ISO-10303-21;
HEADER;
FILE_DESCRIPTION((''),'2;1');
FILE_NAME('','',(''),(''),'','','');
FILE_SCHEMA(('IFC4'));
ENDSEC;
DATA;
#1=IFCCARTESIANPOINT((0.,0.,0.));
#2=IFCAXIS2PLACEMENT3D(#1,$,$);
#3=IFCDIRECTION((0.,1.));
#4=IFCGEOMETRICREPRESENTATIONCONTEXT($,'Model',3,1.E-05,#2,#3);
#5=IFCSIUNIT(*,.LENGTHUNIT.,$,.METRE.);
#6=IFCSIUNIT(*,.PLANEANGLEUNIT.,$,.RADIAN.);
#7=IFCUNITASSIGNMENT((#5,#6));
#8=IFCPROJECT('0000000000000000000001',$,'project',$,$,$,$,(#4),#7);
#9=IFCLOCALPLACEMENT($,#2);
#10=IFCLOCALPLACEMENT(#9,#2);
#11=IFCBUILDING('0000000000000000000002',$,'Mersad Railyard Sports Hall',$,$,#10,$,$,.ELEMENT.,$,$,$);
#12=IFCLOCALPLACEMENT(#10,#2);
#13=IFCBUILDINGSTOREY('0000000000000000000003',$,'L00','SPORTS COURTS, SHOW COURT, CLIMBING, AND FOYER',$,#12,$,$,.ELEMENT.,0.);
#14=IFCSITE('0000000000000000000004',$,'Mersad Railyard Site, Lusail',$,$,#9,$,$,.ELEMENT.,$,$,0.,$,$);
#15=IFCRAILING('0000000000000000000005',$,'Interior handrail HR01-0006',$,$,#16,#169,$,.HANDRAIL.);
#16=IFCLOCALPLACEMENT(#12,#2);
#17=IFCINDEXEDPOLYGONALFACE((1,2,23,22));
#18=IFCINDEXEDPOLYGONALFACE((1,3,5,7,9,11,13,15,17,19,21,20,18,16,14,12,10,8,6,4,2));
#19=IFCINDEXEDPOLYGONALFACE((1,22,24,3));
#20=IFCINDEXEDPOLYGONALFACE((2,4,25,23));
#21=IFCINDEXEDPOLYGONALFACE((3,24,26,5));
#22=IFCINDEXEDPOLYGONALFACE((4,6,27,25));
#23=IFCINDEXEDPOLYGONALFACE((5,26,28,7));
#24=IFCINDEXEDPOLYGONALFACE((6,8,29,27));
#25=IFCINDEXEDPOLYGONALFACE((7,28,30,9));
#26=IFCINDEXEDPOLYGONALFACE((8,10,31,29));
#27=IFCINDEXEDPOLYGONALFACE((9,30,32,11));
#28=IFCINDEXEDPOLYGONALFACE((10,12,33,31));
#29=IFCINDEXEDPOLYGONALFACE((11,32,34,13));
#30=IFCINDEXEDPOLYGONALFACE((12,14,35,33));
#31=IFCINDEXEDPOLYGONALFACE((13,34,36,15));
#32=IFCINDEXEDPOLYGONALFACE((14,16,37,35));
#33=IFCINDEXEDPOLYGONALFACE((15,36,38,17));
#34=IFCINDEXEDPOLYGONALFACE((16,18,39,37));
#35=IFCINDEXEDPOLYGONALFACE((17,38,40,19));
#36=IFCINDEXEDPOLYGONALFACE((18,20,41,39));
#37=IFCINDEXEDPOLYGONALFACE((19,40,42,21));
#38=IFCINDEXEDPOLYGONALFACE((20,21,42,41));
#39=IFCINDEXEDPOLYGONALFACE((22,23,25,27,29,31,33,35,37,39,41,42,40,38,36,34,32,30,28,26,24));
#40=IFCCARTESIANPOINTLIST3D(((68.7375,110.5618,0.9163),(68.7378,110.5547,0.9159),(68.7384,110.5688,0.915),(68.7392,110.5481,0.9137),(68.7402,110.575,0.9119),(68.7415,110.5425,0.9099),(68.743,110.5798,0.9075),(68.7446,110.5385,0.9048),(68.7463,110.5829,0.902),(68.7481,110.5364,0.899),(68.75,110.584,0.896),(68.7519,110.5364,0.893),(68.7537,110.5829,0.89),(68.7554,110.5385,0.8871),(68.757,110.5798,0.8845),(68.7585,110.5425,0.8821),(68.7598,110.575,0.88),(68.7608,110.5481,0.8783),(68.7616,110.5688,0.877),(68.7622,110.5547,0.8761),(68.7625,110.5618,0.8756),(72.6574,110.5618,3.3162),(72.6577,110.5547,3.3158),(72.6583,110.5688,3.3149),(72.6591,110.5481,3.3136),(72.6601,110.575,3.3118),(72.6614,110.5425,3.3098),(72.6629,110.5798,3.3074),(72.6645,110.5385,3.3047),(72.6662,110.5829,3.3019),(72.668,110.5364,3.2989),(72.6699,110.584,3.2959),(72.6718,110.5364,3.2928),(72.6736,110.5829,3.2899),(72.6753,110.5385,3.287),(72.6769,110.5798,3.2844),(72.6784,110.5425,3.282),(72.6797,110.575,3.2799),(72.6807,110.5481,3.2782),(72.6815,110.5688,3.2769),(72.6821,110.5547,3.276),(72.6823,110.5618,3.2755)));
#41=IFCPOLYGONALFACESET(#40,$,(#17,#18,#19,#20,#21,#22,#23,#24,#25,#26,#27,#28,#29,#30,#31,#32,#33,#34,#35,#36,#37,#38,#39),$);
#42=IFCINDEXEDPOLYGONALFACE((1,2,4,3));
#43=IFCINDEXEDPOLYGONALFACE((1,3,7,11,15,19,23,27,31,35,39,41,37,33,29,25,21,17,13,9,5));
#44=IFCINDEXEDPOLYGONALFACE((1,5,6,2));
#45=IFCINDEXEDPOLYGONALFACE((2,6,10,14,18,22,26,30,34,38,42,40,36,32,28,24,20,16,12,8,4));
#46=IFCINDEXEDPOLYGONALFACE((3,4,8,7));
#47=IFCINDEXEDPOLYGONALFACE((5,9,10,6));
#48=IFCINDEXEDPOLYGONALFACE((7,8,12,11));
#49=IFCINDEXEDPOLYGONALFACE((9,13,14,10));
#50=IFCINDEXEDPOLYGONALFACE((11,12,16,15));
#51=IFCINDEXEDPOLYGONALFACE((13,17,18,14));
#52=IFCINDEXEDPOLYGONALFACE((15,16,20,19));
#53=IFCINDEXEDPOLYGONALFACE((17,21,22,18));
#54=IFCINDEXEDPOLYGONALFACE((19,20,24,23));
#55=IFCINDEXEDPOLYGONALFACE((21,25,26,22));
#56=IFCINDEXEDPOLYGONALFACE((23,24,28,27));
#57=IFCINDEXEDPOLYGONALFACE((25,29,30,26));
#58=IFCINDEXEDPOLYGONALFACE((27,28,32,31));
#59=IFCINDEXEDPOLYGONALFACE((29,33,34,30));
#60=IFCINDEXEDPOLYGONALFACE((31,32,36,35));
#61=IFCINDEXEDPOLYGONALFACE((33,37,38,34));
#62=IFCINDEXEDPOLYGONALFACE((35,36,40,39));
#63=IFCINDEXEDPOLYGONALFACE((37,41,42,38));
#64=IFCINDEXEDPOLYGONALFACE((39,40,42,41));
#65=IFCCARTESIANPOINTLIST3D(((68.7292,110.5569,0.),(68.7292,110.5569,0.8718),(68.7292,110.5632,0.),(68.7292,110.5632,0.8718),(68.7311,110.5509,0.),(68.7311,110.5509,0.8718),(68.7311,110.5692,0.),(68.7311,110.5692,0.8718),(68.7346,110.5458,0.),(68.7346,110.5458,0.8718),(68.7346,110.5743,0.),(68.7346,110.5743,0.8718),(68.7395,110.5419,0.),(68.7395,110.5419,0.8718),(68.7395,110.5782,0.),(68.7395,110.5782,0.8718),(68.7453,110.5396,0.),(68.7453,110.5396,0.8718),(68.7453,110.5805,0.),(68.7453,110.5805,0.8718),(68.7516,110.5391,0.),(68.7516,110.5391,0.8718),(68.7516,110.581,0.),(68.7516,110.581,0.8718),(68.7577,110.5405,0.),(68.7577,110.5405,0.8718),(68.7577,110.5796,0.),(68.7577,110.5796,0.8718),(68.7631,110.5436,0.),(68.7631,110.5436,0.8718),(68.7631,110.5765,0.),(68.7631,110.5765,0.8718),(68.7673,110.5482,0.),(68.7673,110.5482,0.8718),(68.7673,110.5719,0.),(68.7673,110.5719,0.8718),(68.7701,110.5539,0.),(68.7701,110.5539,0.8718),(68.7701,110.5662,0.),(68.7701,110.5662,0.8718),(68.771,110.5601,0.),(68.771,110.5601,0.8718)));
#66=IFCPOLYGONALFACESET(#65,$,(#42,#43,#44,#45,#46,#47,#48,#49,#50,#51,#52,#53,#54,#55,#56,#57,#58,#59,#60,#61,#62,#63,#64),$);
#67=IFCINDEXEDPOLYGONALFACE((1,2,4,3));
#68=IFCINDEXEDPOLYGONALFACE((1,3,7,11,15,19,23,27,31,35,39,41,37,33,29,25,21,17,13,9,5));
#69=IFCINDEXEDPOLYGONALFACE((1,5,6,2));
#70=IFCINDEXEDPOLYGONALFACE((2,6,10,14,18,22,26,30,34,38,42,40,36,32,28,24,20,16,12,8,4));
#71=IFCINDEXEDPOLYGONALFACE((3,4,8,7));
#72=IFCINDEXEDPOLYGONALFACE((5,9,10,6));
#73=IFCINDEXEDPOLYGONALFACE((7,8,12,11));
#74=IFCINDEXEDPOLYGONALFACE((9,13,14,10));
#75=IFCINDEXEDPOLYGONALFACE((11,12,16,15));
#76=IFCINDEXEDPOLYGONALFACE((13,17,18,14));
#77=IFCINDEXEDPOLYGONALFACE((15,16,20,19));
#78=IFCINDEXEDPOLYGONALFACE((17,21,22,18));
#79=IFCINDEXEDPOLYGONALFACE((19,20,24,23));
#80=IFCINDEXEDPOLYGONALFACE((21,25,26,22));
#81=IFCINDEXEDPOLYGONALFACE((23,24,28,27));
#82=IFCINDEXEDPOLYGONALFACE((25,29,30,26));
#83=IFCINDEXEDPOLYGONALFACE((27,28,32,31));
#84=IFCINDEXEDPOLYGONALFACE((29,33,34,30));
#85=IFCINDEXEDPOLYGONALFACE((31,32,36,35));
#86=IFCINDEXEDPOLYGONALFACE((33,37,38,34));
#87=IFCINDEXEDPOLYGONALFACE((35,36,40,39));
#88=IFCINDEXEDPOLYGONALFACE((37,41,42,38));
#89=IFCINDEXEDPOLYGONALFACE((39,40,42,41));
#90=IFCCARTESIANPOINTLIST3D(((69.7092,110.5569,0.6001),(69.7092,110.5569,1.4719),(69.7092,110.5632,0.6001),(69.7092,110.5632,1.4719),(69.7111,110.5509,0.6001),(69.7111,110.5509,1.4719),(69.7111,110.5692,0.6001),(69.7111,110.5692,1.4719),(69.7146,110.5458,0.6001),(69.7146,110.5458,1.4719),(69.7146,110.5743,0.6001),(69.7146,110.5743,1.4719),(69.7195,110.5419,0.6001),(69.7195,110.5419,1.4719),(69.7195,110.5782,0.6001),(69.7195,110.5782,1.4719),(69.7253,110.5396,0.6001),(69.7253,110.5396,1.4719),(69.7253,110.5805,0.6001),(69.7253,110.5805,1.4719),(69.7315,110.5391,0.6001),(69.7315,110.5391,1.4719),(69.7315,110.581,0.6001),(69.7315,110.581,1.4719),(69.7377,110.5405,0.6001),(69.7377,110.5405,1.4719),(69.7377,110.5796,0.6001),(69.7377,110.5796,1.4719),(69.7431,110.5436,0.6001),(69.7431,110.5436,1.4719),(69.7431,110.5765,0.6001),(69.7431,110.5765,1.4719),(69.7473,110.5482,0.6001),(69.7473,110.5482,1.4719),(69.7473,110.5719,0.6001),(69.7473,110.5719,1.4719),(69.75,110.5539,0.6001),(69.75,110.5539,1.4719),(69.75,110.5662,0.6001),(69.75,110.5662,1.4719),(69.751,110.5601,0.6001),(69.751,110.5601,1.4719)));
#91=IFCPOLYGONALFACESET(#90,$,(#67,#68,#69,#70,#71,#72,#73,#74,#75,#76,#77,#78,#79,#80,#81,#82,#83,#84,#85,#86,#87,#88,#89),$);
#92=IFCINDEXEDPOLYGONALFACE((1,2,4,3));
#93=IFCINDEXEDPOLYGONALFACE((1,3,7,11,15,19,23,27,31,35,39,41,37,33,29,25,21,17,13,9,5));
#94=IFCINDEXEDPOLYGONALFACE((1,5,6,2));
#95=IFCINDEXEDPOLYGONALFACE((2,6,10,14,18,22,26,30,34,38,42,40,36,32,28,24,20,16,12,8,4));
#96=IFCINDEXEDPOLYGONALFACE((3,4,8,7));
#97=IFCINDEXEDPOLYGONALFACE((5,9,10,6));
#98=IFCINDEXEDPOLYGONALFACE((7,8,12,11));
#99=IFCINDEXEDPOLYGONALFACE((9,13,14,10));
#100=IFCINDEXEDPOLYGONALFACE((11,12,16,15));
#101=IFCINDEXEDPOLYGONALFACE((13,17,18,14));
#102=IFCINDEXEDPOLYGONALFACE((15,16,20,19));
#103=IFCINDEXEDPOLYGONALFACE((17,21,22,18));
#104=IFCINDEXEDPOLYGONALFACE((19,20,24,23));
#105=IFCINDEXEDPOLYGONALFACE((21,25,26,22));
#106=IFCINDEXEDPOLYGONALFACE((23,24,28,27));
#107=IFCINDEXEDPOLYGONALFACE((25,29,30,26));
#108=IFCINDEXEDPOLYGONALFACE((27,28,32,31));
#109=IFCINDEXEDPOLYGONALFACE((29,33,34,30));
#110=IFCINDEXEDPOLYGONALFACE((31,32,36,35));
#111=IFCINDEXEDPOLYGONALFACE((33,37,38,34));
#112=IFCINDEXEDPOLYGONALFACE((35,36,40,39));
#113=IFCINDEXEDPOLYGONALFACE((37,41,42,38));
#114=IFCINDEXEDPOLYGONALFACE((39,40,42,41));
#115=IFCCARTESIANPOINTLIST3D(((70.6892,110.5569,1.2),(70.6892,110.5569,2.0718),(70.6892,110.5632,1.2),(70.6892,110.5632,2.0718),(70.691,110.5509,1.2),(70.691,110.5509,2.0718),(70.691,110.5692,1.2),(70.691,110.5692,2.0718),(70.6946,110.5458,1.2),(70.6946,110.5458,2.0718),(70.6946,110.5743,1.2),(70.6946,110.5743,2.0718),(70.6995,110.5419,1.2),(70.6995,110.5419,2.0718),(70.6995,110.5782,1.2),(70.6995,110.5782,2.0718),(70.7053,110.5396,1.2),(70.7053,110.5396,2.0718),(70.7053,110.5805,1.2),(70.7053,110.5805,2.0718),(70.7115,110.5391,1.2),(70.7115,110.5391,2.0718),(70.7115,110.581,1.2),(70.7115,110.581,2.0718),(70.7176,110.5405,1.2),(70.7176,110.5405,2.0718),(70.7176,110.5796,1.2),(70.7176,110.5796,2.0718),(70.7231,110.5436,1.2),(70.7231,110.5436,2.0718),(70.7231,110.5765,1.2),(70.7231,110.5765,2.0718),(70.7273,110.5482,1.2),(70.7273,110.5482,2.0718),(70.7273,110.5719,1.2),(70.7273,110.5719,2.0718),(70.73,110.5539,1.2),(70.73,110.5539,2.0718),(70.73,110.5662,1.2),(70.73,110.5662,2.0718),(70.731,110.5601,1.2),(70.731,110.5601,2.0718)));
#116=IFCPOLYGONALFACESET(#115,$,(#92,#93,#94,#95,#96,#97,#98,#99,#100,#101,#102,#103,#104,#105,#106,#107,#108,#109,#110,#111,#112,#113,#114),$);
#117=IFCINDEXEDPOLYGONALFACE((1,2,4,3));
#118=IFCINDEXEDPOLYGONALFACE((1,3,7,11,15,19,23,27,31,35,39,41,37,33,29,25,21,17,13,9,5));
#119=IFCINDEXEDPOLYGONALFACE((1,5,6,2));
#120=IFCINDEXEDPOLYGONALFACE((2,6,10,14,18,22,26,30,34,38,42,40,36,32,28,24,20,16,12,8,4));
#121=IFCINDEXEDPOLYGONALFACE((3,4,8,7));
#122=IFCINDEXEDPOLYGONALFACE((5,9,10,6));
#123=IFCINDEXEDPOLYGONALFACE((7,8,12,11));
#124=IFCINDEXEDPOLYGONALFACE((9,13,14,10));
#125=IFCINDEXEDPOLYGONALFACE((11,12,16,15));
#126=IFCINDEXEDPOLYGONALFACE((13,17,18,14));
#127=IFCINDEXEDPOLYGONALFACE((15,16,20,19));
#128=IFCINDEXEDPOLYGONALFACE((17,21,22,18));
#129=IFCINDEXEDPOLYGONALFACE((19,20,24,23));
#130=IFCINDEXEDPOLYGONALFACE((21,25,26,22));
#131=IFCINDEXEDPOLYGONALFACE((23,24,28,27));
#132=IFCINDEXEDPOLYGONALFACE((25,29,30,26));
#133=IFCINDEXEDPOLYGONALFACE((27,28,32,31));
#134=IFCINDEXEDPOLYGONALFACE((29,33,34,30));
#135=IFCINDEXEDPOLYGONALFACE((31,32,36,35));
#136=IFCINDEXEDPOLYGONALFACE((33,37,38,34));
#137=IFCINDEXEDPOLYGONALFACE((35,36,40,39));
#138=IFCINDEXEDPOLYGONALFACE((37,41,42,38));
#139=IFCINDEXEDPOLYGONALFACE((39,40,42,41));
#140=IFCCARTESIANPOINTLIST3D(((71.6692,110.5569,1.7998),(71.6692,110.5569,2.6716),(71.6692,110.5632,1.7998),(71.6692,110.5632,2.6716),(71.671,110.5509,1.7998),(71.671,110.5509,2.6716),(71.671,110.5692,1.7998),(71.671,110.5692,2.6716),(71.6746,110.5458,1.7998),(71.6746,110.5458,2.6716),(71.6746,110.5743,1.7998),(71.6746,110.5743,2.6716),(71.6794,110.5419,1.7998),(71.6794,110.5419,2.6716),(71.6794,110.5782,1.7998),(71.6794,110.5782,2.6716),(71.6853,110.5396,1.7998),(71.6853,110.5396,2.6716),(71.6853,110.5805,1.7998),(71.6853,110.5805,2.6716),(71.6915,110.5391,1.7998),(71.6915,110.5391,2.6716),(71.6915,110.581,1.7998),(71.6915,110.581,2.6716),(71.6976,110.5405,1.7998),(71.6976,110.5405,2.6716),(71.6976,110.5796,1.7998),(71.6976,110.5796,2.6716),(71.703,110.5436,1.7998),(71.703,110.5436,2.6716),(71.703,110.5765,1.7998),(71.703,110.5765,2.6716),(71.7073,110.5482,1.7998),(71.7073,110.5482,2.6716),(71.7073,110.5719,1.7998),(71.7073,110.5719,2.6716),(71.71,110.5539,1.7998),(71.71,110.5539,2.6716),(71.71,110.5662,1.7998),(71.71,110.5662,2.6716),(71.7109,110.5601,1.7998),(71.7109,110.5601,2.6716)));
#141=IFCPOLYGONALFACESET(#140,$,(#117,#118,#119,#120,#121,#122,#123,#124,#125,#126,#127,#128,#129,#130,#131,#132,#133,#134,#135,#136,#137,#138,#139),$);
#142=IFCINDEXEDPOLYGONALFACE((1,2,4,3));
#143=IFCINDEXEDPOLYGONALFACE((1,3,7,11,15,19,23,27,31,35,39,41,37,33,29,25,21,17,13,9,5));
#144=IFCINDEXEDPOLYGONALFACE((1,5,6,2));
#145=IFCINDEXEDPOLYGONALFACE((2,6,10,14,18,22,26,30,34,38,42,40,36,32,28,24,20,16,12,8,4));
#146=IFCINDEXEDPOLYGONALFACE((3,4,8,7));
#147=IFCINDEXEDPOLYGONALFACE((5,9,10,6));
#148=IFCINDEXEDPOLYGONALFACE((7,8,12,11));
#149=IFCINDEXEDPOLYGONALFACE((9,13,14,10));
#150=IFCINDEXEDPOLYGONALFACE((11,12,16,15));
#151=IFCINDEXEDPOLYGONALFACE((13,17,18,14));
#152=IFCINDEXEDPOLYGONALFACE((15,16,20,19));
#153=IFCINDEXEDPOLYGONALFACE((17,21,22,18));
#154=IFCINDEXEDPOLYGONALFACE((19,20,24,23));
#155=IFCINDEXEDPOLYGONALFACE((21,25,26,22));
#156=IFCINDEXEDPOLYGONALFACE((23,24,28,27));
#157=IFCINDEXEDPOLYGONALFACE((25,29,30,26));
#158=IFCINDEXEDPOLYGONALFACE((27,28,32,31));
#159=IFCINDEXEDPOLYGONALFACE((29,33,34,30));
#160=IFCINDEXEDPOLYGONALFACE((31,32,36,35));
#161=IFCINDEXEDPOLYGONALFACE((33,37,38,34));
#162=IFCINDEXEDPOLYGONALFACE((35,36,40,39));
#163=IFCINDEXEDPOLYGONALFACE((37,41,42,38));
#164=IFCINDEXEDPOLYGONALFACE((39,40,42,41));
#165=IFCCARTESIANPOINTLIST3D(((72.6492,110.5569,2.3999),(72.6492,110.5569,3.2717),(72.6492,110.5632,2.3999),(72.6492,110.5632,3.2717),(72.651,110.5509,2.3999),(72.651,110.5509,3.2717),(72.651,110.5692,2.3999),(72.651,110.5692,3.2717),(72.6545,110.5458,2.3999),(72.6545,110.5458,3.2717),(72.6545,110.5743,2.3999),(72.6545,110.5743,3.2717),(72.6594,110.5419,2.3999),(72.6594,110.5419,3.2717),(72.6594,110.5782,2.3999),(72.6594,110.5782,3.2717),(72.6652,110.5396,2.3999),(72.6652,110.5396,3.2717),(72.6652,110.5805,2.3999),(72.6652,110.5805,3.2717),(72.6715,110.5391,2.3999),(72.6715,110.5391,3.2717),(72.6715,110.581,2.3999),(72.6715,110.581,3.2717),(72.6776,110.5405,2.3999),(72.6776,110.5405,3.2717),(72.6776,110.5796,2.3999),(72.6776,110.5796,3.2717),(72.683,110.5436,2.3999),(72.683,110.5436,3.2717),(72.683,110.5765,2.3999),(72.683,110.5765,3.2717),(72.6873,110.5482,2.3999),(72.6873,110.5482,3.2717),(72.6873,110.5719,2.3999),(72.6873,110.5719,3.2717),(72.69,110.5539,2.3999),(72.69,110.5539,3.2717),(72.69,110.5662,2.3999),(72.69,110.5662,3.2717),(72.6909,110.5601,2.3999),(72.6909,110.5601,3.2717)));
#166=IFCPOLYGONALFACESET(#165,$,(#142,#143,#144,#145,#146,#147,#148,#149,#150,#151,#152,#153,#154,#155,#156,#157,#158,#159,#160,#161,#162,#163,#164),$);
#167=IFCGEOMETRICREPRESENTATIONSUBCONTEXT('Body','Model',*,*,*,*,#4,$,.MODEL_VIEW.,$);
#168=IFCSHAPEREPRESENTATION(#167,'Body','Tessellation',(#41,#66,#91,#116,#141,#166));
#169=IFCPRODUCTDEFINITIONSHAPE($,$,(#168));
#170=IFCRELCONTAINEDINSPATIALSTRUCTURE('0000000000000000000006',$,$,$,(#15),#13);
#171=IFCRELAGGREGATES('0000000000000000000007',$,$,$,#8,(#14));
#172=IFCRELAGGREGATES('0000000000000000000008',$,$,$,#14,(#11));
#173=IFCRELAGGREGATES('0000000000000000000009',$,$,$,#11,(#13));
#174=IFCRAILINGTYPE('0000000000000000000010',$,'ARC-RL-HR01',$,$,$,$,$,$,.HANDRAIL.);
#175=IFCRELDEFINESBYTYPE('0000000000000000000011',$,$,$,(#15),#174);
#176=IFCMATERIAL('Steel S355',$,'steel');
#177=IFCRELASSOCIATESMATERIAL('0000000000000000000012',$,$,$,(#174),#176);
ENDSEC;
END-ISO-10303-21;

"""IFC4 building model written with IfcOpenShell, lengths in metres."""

from ifc_helpers import new_model, si_unit, direction, frame, origin, origin_2d, place, context, subcontext, project, spatial, circle, extrude, material, type_object, element, save


model = new_model("IFC4")

# Units and contexts
model_context = context("Model", 3, precision=1e-05, world=origin(), true_north=direction((0.0, 1.0)))
body_context = subcontext(model_context, "Body", "Model", "MODEL_VIEW")
ifc_project = project(units=[si_unit("LENGTHUNIT", "METRE"), si_unit("PLANEANGLEUNIT", "RADIAN")], contexts=[model_context])

# Site, building, storey
site_placement = place(None, origin())
site = spatial("IfcSite", under=ifc_project, at=site_placement, Name="Mersad Railyard Site, Lusail", CompositionType="ELEMENT", RefElevation=0.0)
building_placement = place(site_placement, origin())
building = spatial("IfcBuilding", under=site, at=building_placement, Name="Mersad Railyard Sports Hall", CompositionType="ELEMENT")
storey_placement = place(building_placement, origin())
storey = spatial("IfcBuildingStorey", under=building, at=storey_placement, Name="L00", Description="SPORTS COURTS, SHOW COURT, CLIMBING, AND FOYER", CompositionType="ELEMENT", Elevation=0.0)

# Shared definitions
ifc_material_1 = material(Name="Steel S355", Category="steel")

# Railing
railing_type_1 = type_object("IfcRailingType", Name="ARC-RL-HR01", PredefinedType="HANDRAIL", material=ifc_material_1)
railing_1_placement = place(storey_placement, frame((68.75, 110.5601, 0.0)))
element("IfcRailing", 1, at=railing_1_placement, inside=storey, type_object=railing_type_1, Name="Interior handrail HR01-0006", PredefinedType="HANDRAIL", context=body_context, shape_type="SweptSolid", body=[
    extrude(circle(Radius=0.0239, at=origin_2d()), frame((0.0, 0.0, 0.896), z_axis=(0.852856, 0.0, 0.522146), x_axis=(0.0, 1.0, 0.0)), (0.0, 0.0, 1.0), 4.5962),
    extrude(circle(Radius=0.021, at=origin_2d()), origin(), (0.0, 0.0, 1.0), 0.8718),
    extrude(circle(Radius=0.021, at=origin_2d()), frame((0.98, 0.0, 0.6001)), (0.0, 0.0, 1.0), 0.8718),
    extrude(circle(Radius=0.021, at=origin_2d()), frame((1.96, 0.0, 1.2)), (0.0, 0.0, 1.0), 0.8718),
    extrude(circle(Radius=0.021, at=origin_2d()), frame((2.9399, 0.0, 1.7998)), (0.0, 0.0, 1.0), 0.8718),
    extrude(circle(Radius=0.021, at=origin_2d()), frame((3.9199, 0.0, 2.3999)), (0.0, 0.0, 1.0), 0.8718),
])

save(model, "model.ifc")
